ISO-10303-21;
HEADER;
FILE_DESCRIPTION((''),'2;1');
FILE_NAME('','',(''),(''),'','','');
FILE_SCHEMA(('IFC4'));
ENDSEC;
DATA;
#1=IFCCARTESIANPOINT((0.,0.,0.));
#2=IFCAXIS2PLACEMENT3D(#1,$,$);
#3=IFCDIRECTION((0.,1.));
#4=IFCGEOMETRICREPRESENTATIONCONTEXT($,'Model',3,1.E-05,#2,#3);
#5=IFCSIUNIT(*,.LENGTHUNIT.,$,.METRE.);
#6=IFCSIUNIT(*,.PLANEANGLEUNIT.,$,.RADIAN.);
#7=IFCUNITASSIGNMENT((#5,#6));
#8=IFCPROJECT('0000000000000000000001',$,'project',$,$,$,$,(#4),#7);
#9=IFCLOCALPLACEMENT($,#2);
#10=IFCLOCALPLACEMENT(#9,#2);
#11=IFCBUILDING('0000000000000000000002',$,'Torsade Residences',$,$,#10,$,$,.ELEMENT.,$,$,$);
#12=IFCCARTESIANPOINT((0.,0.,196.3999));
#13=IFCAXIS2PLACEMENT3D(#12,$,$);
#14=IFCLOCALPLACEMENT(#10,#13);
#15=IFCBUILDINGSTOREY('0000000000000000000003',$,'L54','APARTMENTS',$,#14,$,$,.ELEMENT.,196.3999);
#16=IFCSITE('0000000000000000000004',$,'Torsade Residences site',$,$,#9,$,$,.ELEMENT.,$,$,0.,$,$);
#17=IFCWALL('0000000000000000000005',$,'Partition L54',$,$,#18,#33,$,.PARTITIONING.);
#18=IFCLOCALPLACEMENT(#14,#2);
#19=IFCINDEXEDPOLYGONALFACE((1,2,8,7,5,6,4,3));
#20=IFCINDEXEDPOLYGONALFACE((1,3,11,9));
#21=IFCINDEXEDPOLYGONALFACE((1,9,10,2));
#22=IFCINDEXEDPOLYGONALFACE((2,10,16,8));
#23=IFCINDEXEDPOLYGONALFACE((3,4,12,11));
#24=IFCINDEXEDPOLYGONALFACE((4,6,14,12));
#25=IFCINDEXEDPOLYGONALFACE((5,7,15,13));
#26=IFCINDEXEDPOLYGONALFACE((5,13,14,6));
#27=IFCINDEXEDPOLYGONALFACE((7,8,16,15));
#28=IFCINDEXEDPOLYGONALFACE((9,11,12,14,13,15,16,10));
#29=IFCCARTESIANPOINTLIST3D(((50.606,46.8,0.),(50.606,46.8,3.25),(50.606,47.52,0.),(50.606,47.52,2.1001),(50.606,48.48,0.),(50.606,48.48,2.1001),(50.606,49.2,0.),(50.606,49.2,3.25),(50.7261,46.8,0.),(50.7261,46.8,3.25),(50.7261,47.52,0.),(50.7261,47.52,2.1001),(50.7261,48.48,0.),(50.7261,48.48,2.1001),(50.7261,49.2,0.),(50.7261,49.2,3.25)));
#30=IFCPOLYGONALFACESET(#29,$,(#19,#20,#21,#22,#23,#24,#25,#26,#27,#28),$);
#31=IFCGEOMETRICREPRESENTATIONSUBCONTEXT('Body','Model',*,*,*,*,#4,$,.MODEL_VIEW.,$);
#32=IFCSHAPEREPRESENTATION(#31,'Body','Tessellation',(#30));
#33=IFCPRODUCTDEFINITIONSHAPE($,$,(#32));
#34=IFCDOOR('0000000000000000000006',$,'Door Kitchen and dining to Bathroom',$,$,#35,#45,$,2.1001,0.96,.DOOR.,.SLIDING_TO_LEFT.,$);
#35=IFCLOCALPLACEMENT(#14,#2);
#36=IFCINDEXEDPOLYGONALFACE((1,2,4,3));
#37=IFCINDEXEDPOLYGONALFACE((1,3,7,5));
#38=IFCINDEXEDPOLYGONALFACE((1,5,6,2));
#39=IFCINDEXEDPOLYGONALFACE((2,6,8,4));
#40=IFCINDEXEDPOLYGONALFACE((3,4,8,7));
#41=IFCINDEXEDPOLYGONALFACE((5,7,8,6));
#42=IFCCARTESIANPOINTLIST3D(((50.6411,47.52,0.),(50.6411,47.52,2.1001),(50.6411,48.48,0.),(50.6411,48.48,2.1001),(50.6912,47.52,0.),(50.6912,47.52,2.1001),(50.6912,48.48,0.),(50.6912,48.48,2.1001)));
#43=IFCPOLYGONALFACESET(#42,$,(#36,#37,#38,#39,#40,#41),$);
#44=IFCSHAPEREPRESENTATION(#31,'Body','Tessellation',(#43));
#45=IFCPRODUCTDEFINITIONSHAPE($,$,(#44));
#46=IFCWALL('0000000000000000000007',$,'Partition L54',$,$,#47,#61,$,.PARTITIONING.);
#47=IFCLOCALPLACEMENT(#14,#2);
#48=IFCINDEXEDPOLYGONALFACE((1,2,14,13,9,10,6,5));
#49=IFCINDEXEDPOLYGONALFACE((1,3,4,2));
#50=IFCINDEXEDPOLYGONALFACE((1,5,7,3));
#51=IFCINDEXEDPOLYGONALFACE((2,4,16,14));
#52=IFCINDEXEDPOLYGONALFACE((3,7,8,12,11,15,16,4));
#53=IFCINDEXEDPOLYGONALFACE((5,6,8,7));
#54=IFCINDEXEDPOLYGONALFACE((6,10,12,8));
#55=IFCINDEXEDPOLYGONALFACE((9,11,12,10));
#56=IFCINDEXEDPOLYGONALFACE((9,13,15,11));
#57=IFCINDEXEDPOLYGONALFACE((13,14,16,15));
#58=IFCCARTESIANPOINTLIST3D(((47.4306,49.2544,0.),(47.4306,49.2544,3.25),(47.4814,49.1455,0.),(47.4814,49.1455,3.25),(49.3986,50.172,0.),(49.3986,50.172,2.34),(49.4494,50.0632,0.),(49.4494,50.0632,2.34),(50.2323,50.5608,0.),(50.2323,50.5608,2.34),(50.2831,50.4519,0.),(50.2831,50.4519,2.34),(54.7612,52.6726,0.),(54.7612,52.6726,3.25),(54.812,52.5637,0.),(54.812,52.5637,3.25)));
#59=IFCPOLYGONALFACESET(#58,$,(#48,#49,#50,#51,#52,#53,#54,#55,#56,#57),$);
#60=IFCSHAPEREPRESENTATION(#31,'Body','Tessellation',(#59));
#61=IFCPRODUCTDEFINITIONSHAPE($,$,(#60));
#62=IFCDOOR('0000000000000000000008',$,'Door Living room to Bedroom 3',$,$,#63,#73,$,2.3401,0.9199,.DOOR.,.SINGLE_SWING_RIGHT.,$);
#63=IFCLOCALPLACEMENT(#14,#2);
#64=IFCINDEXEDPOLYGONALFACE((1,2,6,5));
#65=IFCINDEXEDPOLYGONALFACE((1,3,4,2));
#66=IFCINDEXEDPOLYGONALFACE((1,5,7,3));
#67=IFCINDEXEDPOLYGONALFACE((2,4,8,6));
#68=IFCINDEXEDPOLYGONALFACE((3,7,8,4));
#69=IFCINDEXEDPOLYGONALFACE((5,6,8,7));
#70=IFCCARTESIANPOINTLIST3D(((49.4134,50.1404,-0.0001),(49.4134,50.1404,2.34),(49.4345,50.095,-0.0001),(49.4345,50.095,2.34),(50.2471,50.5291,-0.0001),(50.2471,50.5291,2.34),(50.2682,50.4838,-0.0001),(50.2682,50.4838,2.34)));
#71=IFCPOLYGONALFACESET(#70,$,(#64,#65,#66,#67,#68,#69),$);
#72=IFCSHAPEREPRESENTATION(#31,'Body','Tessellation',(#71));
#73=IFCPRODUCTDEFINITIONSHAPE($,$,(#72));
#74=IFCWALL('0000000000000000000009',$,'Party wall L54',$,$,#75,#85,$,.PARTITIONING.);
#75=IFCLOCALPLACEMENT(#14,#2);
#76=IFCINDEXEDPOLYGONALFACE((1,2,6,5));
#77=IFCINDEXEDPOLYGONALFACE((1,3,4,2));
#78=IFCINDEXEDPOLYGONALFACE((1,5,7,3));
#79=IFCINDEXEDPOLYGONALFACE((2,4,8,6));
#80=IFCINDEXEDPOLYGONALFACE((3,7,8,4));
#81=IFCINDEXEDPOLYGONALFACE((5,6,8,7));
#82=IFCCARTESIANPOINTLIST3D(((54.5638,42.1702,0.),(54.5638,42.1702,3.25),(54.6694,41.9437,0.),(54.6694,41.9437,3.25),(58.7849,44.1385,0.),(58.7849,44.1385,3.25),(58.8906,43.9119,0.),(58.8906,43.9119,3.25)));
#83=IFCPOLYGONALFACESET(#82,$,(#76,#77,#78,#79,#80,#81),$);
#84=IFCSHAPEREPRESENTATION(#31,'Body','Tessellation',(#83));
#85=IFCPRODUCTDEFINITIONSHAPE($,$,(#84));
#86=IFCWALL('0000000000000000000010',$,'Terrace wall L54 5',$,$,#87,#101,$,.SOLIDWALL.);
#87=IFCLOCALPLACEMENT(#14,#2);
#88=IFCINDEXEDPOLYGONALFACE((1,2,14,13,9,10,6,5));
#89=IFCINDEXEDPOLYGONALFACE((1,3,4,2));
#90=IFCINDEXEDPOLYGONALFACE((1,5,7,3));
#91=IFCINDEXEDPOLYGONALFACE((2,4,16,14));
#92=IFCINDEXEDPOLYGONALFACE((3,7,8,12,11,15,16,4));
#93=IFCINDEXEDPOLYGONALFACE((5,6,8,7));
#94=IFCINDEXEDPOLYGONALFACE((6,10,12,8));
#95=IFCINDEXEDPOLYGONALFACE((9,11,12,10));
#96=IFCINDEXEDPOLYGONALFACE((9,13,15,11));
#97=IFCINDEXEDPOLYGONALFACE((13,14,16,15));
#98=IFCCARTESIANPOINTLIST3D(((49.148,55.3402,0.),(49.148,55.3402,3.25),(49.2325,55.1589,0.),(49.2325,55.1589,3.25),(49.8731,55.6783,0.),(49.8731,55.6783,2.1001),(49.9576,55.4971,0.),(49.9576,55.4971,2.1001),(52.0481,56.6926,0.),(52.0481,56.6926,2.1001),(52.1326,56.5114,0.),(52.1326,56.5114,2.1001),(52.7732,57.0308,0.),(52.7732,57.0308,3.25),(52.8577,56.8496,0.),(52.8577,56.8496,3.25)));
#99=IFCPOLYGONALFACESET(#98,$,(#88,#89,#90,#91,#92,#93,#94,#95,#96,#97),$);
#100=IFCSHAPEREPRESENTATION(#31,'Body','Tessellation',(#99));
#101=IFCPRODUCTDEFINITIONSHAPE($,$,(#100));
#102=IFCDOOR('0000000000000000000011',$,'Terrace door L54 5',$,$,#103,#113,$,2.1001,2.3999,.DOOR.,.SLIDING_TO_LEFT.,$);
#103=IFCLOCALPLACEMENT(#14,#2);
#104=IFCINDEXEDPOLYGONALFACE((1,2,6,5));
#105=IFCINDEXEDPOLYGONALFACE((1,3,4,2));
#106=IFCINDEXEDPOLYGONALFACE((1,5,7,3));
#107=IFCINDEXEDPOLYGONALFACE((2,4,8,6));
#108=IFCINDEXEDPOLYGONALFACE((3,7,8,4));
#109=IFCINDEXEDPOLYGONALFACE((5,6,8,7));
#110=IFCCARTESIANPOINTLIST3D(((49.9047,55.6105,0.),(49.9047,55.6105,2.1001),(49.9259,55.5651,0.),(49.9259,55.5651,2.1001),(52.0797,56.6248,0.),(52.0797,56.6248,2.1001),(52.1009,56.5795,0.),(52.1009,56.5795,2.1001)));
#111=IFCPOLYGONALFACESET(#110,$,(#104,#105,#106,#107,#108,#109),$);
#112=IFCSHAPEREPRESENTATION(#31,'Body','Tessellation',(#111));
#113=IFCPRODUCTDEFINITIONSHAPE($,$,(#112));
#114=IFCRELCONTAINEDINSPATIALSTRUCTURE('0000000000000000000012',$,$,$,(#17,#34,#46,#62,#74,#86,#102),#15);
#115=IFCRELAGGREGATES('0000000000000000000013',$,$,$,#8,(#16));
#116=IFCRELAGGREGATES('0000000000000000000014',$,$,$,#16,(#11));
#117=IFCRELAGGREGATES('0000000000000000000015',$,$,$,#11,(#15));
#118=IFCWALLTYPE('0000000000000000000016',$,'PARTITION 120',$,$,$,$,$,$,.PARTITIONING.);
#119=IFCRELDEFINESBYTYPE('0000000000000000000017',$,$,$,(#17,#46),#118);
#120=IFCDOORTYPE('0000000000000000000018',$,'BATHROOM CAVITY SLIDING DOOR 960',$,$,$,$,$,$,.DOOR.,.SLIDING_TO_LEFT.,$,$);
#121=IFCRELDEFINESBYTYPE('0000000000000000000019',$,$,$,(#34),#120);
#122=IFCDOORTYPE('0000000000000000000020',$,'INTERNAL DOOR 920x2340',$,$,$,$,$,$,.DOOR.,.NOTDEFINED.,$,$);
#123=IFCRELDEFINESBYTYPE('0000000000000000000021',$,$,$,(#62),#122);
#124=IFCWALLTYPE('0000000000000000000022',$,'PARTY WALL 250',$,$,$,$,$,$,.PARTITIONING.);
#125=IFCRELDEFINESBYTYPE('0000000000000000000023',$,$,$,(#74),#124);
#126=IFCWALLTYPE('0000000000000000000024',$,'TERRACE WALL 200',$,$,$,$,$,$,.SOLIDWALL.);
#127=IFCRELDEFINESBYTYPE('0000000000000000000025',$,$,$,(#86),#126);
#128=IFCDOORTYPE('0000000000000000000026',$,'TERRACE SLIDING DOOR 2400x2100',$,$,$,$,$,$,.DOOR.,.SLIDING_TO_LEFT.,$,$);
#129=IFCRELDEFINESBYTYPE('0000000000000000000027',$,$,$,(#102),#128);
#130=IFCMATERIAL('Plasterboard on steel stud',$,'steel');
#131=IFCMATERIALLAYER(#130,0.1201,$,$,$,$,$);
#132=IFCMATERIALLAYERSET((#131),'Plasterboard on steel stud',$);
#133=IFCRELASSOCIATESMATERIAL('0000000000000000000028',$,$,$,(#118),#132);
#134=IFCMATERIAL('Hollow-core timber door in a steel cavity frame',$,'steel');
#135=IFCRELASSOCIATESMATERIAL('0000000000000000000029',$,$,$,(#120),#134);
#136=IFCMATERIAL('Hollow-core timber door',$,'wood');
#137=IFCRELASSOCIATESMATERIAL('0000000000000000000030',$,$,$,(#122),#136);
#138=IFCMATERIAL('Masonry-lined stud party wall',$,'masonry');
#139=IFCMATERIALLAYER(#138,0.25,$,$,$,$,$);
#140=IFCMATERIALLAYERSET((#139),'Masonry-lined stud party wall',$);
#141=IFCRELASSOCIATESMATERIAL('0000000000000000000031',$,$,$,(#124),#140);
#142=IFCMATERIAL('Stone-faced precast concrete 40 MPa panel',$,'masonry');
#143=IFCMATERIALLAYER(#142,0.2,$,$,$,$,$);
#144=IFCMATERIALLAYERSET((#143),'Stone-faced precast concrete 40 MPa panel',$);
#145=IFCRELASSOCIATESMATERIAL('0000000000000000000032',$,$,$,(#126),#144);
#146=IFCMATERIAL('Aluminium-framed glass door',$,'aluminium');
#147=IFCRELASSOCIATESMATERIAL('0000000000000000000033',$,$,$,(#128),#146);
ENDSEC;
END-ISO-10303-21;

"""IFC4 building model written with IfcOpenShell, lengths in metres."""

from ifc_helpers import new_model, si_unit, direction, frame, frame_2d, origin, place, context, subcontext, project, spatial, rectangle, extrude, material, layer, layer_set, type_object, element, fill, save


model = new_model("IFC4")

# Units and contexts
model_context = context("Model", 3, precision=1e-05, world=origin(), true_north=direction((0.0, 1.0)))
body_context = subcontext(model_context, "Body", "Model", "MODEL_VIEW")
ifc_project = project(units=[si_unit("LENGTHUNIT", "METRE"), si_unit("PLANEANGLEUNIT", "RADIAN")], contexts=[model_context])

# Site, building, storey
site_placement = place(None, origin())
site = spatial("IfcSite", under=ifc_project, at=site_placement, Name="Torsade Residences site", CompositionType="ELEMENT", RefElevation=0.0)
building_placement = place(site_placement, origin())
building = spatial("IfcBuilding", under=site, at=building_placement, Name="Torsade Residences", CompositionType="ELEMENT")
storey_placement = place(building_placement, frame((0.0, 0.0, 196.3999)))
storey = spatial("IfcBuildingStorey", under=building, at=storey_placement, Name="L54", Description="APARTMENTS", CompositionType="ELEMENT", Elevation=196.3999)

# Walls, openings, doors
ifc_material_1 = material(Name="Plasterboard on steel stud", Category="steel")
ifc_layer_1 = layer(ifc_material_1, 0.1201)
ifc_layer_set_1 = layer_set([ifc_layer_1], Name="Plasterboard on steel stud")
wall_type_1 = type_object("IfcWallType", Name="PARTITION 120", PredefinedType="PARTITIONING", material=ifc_layer_set_1)
wall_1_placement = place(storey_placement, frame((50.666, 46.8, 0.0), z_axis=(0.0, 0.0, 1.0), x_axis=(0.0, 1.0, 0.0)))
wall_1 = element("IfcWall", 1, at=wall_1_placement, inside=storey, type_object=wall_type_1, Name="Partition L54", PredefinedType="PARTITIONING", context=body_context, shape_type="SweptSolid", body=[
    extrude(rectangle(XDim=2.3999, YDim=0.1201, at=frame_2d((1.2, 0.0))), origin(), (0.0, 0.0, 1.0), 3.25),
])
opening_1_placement = place(wall_1_placement, frame((0.72, 0.0, 0.0)))
opening_1 = element("IfcOpeningElement", 2, at=opening_1_placement, cuts=wall_1, PredefinedType="OPENING", context=body_context, shape_type="SweptSolid", body=[
    extrude(rectangle(XDim=0.96, YDim=2.1001, at=frame_2d((0.48, 1.05))), frame((0.0, 0.0701, 0.0), z_axis=(0.0, -1.0, 0.0), x_axis=(1.0, 0.0, 0.0)), (0.0, 0.0, 1.0), 0.1401),
])
ifc_material_2 = material(Name="Hollow-core timber door in a steel cavity frame", Category="steel")
door_type_1 = type_object("IfcDoorType", Name="BATHROOM CAVITY SLIDING DOOR 960", OperationType="SLIDING_TO_LEFT", PredefinedType="DOOR", material=ifc_material_2)
door_1_placement = place(opening_1_placement, origin())
door_1 = element("IfcDoor", 3, at=door_1_placement, inside=storey, type_object=door_type_1, Name="Door Kitchen and dining to Bathroom", OperationType="SLIDING_TO_LEFT", OverallHeight=2.1001, OverallWidth=0.96, PredefinedType="DOOR", context=body_context, shape_type="SweptSolid", body=[
    extrude(rectangle(XDim=0.96, YDim=2.1001, at=frame_2d((0.48, 1.05))), frame((0.0, 0.0249, 0.0), z_axis=(0.0, -1.0, 0.0), x_axis=(1.0, 0.0, 0.0)), (0.0, 0.0, 1.0), 0.05),
])
fill(opening_1, door_1)
wall_2_placement = place(storey_placement, frame((54.7866, 52.6182, 0.0), z_axis=(0.0, 0.0, 1.0), x_axis=(-0.906312, -0.422609, 0.0)))
wall_2 = element("IfcWall", 4, at=wall_2_placement, inside=storey, type_object=wall_type_1, Name="Partition L54", PredefinedType="PARTITIONING", context=body_context, shape_type="SweptSolid", body=[
    extrude(rectangle(XDim=8.0884, YDim=0.1201, at=frame_2d((4.0442, 0.0))), origin(), (0.0, 0.0, 1.0), 3.25),
])
opening_2_placement = place(wall_2_placement, frame((4.9971, 0.0, 0.0)))
opening_2 = element("IfcOpeningElement", 5, at=opening_2_placement, cuts=wall_2, PredefinedType="OPENING", context=body_context, shape_type="SweptSolid", body=[
    extrude(rectangle(XDim=0.9199, YDim=2.3401, at=frame_2d((0.46, 1.1699))), frame((0.0, 0.0701, 0.0), z_axis=(0.0, -1.0, 0.0), x_axis=(1.0, 0.0, 0.0)), (0.0, 0.0, 1.0), 0.1401),
])
ifc_material_3 = material(Name="Hollow-core timber door", Category="wood")
door_type_2 = type_object("IfcDoorType", Name="INTERNAL DOOR 920x2340", OperationType="NOTDEFINED", PredefinedType="DOOR", material=ifc_material_3)
door_2_placement = place(opening_2_placement, origin())
door_2 = element("IfcDoor", 6, at=door_2_placement, inside=storey, type_object=door_type_2, Name="Door Living room to Bedroom 3", OperationType="SINGLE_SWING_RIGHT", OverallHeight=2.3401, OverallWidth=0.9199, PredefinedType="DOOR", context=body_context, shape_type="SweptSolid", body=[
    extrude(rectangle(XDim=0.9199, YDim=2.3401, at=frame_2d((0.46, 1.1699))), frame((0.0, 0.0249, 0.0), z_axis=(0.0, -1.0, 0.0), x_axis=(1.0, 0.0, 0.0)), (0.0, 0.0, 1.0), 0.05),
])
fill(opening_2, door_2)

# Wall
ifc_material_4 = material(Name="Masonry-lined stud party wall", Category="masonry")
ifc_layer_2 = layer(ifc_material_4, 0.25)
ifc_layer_set_2 = layer_set([ifc_layer_2], Name="Masonry-lined stud party wall")
wall_type_2 = type_object("IfcWallType", Name="PARTY WALL 250", PredefinedType="PARTITIONING", material=ifc_layer_set_2)
wall_3_placement = place(storey_placement, frame((58.8376, 44.0251, 0.0), z_axis=(0.0, 0.0, 1.0), x_axis=(-0.906317, -0.422598, 0.0)))
element("IfcWall", 7, at=wall_3_placement, inside=storey, type_object=wall_type_2, Name="Party wall L54", PredefinedType="PARTITIONING", context=body_context, shape_type="SweptSolid", body=[
    extrude(rectangle(XDim=4.6575, YDim=0.25, at=frame_2d((2.3286, 0.0))), origin(), (0.0, 0.0, 1.0), 3.25),
])

# Wall, opening, door
ifc_material_5 = material(Name="Stone-faced precast concrete 40 MPa panel", Category="masonry")
ifc_layer_3 = layer(ifc_material_5, 0.2)
ifc_layer_set_3 = layer_set([ifc_layer_3], Name="Stone-faced precast concrete 40 MPa panel")
wall_type_3 = type_object("IfcWallType", Name="TERRACE WALL 200", PredefinedType="SOLIDWALL", material=ifc_layer_set_3)
wall_4_placement = place(storey_placement, frame((52.8154, 56.9402, 0.0), z_axis=(0.0, 0.0, 1.0), x_axis=(-0.906289, -0.422658, 0.0)))
wall_4 = element("IfcWall", 8, at=wall_4_placement, inside=storey, type_object=wall_type_3, Name="Terrace wall L54 5", PredefinedType="SOLIDWALL", context=body_context, shape_type="SweptSolid", body=[
    extrude(rectangle(XDim=4.0, YDim=0.2, at=frame_2d((2.0, 0.0))), origin(), (0.0, 0.0, 1.0), 3.25),
])
opening_3_placement = place(wall_4_placement, frame((0.8, 0.0, 0.0)))
opening_3 = element("IfcOpeningElement", 9, at=opening_3_placement, cuts=wall_4, PredefinedType="OPENING", context=body_context, shape_type="SweptSolid", body=[
    extrude(rectangle(XDim=2.3999, YDim=2.1001, at=frame_2d((1.2, 1.05))), frame((0.0, 0.1099, 0.0), z_axis=(0.0, -1.0, 0.0), x_axis=(1.0, 0.0, 0.0)), (0.0, 0.0, 1.0), 0.22),
])
ifc_material_6 = material(Name="Aluminium-framed glass door", Category="aluminium")
door_type_3 = type_object("IfcDoorType", Name="TERRACE SLIDING DOOR 2400x2100", OperationType="SLIDING_TO_LEFT", PredefinedType="DOOR", material=ifc_material_6)
door_3_placement = place(opening_3_placement, origin())
door_3 = element("IfcDoor", 10, at=door_3_placement, inside=storey, type_object=door_type_3, Name="Terrace door L54 5", OperationType="SLIDING_TO_LEFT", OverallHeight=2.1001, OverallWidth=2.3999, PredefinedType="DOOR", context=body_context, shape_type="SweptSolid", body=[
    extrude(rectangle(XDim=2.3999, YDim=2.1001, at=frame_2d((1.2, 1.05))), frame((0.0, 0.0249, 0.0), z_axis=(0.0, -1.0, 0.0), x_axis=(1.0, 0.0, 0.0)), (0.0, 0.0, 1.0), 0.05),
])
fill(opening_3, door_3)

save(model, "model.ifc")
